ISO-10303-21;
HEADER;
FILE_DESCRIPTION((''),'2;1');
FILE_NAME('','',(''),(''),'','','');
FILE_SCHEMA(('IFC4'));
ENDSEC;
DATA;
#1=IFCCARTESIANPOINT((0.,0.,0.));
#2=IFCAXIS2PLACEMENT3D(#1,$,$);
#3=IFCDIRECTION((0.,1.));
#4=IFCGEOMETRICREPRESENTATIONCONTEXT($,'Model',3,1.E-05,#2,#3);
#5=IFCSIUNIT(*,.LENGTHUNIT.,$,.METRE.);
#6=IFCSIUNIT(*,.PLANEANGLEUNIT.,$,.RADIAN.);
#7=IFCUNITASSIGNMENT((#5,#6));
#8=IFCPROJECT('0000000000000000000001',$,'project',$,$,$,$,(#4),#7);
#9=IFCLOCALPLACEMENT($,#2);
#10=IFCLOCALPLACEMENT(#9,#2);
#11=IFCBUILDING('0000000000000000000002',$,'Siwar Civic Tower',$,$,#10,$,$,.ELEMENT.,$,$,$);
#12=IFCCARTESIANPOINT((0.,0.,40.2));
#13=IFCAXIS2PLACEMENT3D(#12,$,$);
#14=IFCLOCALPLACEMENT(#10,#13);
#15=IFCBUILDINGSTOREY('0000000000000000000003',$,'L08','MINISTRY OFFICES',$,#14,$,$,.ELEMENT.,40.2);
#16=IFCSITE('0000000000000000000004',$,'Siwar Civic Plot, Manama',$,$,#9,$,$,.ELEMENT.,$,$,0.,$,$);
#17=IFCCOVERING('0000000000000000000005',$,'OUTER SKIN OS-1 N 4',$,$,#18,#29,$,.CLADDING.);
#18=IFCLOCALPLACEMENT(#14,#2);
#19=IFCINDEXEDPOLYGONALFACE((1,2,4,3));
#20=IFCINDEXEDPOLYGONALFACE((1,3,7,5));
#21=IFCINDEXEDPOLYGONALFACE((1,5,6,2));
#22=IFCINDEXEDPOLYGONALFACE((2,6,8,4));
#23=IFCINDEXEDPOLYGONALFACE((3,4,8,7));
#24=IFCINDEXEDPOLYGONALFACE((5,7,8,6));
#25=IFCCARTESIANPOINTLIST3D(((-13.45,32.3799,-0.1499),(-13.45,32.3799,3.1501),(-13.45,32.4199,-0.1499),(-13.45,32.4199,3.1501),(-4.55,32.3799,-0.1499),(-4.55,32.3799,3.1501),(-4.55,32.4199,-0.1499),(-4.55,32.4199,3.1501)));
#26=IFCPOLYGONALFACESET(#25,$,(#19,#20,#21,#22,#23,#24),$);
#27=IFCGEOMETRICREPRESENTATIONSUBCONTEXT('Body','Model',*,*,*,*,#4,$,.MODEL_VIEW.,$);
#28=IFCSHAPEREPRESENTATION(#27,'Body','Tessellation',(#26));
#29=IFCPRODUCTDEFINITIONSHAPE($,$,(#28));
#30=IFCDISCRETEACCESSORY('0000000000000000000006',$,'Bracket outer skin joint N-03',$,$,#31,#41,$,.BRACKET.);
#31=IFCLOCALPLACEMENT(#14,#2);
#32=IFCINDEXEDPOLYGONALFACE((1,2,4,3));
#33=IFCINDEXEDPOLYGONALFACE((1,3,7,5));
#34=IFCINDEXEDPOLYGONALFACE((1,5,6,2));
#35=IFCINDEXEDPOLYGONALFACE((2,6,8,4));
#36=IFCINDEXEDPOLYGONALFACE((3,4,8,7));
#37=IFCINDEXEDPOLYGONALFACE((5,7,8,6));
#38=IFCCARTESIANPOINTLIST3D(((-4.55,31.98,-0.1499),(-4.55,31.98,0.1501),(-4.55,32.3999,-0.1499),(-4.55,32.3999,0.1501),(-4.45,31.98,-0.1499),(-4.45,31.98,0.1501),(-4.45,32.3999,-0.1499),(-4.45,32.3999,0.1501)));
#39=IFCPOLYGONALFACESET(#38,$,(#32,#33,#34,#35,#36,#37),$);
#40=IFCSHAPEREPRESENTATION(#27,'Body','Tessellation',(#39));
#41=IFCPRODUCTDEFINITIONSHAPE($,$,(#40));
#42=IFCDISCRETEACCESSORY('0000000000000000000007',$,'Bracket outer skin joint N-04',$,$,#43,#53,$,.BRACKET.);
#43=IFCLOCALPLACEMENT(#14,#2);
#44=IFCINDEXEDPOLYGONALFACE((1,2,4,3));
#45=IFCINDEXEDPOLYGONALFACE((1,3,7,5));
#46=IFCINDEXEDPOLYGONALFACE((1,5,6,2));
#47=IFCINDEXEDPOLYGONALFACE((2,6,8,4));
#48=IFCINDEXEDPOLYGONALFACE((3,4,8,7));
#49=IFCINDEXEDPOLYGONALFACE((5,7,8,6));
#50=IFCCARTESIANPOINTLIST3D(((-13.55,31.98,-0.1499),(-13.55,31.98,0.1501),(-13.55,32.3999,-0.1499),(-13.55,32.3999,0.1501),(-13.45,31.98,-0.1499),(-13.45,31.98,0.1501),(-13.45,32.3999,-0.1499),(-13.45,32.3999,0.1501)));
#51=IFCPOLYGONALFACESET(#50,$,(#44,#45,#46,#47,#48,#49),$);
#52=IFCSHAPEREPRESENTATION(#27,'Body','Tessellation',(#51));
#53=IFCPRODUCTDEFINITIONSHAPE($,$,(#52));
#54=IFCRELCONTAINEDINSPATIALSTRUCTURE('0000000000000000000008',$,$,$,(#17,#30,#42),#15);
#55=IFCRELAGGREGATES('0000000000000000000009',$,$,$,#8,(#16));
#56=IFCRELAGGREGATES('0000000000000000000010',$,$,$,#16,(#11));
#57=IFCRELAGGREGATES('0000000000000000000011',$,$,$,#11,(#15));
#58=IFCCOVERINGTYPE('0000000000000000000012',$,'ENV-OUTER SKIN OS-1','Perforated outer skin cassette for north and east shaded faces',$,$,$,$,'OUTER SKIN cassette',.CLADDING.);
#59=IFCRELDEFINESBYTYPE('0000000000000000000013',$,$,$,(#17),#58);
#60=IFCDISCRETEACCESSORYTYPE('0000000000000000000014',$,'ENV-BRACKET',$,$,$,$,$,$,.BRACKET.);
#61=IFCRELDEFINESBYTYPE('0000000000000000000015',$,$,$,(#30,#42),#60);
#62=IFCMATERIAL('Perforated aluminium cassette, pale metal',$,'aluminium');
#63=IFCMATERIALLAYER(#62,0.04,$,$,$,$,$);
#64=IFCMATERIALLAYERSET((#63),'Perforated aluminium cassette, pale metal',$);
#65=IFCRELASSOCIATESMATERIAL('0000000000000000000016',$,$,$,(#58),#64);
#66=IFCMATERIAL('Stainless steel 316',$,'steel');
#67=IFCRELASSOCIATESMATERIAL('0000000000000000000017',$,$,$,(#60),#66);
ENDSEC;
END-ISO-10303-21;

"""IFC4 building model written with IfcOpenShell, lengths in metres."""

from ifc_helpers import new_model, si_unit, direction, frame, origin, origin_2d, place, context, subcontext, project, spatial, rectangle, extrude, material, layer, layer_set, type_object, element, save


model = new_model("IFC4")

# Units and contexts
model_context = context("Model", 3, precision=1e-05, world=origin(), true_north=direction((0.0, 1.0)))
body_context = subcontext(model_context, "Body", "Model", "MODEL_VIEW")
ifc_project = project(units=[si_unit("LENGTHUNIT", "METRE"), si_unit("PLANEANGLEUNIT", "RADIAN")], contexts=[model_context])

# Site, building, storey
site_placement = place(None, origin())
site = spatial("IfcSite", under=ifc_project, at=site_placement, Name="Siwar Civic Plot, Manama", CompositionType="ELEMENT", RefElevation=0.0)
building_placement = place(site_placement, origin())
building = spatial("IfcBuilding", under=site, at=building_placement, Name="Siwar Civic Tower", CompositionType="ELEMENT")
storey_placement = place(building_placement, frame((0.0, 0.0, 40.2)))
storey = spatial("IfcBuildingStorey", under=building, at=storey_placement, Name="L08", Description="MINISTRY OFFICES", CompositionType="ELEMENT", Elevation=40.2)

# Covering
ifc_material_1 = material(Name="Perforated aluminium cassette, pale metal", Category="aluminium")
ifc_layer_1 = layer(ifc_material_1, 0.04)
ifc_layer_set_1 = layer_set([ifc_layer_1], Name="Perforated aluminium cassette, pale metal")
covering_type = type_object("IfcCoveringType", Name="ENV-OUTER SKIN OS-1", Description="Perforated outer skin cassette for north and east shaded faces", ElementType="OUTER SKIN cassette", PredefinedType="CLADDING", material=ifc_layer_set_1)
covering_placement = place(storey_placement, frame((-9.0, 32.3999, -0.1499), z_axis=(0.0, 0.0, 1.0), x_axis=(-1.0, 0.0, 0.0)))
element("IfcCovering", 1, at=covering_placement, inside=storey, type_object=covering_type, Name="OUTER SKIN OS-1 N 4", PredefinedType="CLADDING", context=body_context, shape_type="SweptSolid", body=[
    extrude(rectangle(XDim=8.8999, YDim=0.04, at=origin_2d()), origin(), (0.0, 0.0, 1.0), 3.3),
])

# Discrete accessories
ifc_material_2 = material(Name="Stainless steel 316", Category="steel")
discrete_accessory_type = type_object("IfcDiscreteAccessoryType", Name="ENV-BRACKET", PredefinedType="BRACKET", material=ifc_material_2)
for number, where, z_axis, x_axis, name in (
    (2, (-4.5, 32.1899, -0.1499), (0.0, 0.0, 1.0), (0.0, 1.0, 0.0), "Bracket outer skin joint N-03"),
    (3, (-13.5, 32.1899, -0.1499), (0.0, 0.0, 1.0), (0.0, 1.0, 0.0), "Bracket outer skin joint N-04"),
):
    element("IfcDiscreteAccessory", number, at=place(storey_placement, frame(where, z_axis=z_axis, x_axis=x_axis)), inside=storey, type_object=discrete_accessory_type, Name=name, PredefinedType="BRACKET", context=body_context, shape_type="SweptSolid", body=[
        extrude(rectangle(XDim=0.4199, YDim=0.1001, at=origin_2d()), origin(), (0.0, 0.0, 1.0), 0.3),
    ])

save(model, "model.ifc")
